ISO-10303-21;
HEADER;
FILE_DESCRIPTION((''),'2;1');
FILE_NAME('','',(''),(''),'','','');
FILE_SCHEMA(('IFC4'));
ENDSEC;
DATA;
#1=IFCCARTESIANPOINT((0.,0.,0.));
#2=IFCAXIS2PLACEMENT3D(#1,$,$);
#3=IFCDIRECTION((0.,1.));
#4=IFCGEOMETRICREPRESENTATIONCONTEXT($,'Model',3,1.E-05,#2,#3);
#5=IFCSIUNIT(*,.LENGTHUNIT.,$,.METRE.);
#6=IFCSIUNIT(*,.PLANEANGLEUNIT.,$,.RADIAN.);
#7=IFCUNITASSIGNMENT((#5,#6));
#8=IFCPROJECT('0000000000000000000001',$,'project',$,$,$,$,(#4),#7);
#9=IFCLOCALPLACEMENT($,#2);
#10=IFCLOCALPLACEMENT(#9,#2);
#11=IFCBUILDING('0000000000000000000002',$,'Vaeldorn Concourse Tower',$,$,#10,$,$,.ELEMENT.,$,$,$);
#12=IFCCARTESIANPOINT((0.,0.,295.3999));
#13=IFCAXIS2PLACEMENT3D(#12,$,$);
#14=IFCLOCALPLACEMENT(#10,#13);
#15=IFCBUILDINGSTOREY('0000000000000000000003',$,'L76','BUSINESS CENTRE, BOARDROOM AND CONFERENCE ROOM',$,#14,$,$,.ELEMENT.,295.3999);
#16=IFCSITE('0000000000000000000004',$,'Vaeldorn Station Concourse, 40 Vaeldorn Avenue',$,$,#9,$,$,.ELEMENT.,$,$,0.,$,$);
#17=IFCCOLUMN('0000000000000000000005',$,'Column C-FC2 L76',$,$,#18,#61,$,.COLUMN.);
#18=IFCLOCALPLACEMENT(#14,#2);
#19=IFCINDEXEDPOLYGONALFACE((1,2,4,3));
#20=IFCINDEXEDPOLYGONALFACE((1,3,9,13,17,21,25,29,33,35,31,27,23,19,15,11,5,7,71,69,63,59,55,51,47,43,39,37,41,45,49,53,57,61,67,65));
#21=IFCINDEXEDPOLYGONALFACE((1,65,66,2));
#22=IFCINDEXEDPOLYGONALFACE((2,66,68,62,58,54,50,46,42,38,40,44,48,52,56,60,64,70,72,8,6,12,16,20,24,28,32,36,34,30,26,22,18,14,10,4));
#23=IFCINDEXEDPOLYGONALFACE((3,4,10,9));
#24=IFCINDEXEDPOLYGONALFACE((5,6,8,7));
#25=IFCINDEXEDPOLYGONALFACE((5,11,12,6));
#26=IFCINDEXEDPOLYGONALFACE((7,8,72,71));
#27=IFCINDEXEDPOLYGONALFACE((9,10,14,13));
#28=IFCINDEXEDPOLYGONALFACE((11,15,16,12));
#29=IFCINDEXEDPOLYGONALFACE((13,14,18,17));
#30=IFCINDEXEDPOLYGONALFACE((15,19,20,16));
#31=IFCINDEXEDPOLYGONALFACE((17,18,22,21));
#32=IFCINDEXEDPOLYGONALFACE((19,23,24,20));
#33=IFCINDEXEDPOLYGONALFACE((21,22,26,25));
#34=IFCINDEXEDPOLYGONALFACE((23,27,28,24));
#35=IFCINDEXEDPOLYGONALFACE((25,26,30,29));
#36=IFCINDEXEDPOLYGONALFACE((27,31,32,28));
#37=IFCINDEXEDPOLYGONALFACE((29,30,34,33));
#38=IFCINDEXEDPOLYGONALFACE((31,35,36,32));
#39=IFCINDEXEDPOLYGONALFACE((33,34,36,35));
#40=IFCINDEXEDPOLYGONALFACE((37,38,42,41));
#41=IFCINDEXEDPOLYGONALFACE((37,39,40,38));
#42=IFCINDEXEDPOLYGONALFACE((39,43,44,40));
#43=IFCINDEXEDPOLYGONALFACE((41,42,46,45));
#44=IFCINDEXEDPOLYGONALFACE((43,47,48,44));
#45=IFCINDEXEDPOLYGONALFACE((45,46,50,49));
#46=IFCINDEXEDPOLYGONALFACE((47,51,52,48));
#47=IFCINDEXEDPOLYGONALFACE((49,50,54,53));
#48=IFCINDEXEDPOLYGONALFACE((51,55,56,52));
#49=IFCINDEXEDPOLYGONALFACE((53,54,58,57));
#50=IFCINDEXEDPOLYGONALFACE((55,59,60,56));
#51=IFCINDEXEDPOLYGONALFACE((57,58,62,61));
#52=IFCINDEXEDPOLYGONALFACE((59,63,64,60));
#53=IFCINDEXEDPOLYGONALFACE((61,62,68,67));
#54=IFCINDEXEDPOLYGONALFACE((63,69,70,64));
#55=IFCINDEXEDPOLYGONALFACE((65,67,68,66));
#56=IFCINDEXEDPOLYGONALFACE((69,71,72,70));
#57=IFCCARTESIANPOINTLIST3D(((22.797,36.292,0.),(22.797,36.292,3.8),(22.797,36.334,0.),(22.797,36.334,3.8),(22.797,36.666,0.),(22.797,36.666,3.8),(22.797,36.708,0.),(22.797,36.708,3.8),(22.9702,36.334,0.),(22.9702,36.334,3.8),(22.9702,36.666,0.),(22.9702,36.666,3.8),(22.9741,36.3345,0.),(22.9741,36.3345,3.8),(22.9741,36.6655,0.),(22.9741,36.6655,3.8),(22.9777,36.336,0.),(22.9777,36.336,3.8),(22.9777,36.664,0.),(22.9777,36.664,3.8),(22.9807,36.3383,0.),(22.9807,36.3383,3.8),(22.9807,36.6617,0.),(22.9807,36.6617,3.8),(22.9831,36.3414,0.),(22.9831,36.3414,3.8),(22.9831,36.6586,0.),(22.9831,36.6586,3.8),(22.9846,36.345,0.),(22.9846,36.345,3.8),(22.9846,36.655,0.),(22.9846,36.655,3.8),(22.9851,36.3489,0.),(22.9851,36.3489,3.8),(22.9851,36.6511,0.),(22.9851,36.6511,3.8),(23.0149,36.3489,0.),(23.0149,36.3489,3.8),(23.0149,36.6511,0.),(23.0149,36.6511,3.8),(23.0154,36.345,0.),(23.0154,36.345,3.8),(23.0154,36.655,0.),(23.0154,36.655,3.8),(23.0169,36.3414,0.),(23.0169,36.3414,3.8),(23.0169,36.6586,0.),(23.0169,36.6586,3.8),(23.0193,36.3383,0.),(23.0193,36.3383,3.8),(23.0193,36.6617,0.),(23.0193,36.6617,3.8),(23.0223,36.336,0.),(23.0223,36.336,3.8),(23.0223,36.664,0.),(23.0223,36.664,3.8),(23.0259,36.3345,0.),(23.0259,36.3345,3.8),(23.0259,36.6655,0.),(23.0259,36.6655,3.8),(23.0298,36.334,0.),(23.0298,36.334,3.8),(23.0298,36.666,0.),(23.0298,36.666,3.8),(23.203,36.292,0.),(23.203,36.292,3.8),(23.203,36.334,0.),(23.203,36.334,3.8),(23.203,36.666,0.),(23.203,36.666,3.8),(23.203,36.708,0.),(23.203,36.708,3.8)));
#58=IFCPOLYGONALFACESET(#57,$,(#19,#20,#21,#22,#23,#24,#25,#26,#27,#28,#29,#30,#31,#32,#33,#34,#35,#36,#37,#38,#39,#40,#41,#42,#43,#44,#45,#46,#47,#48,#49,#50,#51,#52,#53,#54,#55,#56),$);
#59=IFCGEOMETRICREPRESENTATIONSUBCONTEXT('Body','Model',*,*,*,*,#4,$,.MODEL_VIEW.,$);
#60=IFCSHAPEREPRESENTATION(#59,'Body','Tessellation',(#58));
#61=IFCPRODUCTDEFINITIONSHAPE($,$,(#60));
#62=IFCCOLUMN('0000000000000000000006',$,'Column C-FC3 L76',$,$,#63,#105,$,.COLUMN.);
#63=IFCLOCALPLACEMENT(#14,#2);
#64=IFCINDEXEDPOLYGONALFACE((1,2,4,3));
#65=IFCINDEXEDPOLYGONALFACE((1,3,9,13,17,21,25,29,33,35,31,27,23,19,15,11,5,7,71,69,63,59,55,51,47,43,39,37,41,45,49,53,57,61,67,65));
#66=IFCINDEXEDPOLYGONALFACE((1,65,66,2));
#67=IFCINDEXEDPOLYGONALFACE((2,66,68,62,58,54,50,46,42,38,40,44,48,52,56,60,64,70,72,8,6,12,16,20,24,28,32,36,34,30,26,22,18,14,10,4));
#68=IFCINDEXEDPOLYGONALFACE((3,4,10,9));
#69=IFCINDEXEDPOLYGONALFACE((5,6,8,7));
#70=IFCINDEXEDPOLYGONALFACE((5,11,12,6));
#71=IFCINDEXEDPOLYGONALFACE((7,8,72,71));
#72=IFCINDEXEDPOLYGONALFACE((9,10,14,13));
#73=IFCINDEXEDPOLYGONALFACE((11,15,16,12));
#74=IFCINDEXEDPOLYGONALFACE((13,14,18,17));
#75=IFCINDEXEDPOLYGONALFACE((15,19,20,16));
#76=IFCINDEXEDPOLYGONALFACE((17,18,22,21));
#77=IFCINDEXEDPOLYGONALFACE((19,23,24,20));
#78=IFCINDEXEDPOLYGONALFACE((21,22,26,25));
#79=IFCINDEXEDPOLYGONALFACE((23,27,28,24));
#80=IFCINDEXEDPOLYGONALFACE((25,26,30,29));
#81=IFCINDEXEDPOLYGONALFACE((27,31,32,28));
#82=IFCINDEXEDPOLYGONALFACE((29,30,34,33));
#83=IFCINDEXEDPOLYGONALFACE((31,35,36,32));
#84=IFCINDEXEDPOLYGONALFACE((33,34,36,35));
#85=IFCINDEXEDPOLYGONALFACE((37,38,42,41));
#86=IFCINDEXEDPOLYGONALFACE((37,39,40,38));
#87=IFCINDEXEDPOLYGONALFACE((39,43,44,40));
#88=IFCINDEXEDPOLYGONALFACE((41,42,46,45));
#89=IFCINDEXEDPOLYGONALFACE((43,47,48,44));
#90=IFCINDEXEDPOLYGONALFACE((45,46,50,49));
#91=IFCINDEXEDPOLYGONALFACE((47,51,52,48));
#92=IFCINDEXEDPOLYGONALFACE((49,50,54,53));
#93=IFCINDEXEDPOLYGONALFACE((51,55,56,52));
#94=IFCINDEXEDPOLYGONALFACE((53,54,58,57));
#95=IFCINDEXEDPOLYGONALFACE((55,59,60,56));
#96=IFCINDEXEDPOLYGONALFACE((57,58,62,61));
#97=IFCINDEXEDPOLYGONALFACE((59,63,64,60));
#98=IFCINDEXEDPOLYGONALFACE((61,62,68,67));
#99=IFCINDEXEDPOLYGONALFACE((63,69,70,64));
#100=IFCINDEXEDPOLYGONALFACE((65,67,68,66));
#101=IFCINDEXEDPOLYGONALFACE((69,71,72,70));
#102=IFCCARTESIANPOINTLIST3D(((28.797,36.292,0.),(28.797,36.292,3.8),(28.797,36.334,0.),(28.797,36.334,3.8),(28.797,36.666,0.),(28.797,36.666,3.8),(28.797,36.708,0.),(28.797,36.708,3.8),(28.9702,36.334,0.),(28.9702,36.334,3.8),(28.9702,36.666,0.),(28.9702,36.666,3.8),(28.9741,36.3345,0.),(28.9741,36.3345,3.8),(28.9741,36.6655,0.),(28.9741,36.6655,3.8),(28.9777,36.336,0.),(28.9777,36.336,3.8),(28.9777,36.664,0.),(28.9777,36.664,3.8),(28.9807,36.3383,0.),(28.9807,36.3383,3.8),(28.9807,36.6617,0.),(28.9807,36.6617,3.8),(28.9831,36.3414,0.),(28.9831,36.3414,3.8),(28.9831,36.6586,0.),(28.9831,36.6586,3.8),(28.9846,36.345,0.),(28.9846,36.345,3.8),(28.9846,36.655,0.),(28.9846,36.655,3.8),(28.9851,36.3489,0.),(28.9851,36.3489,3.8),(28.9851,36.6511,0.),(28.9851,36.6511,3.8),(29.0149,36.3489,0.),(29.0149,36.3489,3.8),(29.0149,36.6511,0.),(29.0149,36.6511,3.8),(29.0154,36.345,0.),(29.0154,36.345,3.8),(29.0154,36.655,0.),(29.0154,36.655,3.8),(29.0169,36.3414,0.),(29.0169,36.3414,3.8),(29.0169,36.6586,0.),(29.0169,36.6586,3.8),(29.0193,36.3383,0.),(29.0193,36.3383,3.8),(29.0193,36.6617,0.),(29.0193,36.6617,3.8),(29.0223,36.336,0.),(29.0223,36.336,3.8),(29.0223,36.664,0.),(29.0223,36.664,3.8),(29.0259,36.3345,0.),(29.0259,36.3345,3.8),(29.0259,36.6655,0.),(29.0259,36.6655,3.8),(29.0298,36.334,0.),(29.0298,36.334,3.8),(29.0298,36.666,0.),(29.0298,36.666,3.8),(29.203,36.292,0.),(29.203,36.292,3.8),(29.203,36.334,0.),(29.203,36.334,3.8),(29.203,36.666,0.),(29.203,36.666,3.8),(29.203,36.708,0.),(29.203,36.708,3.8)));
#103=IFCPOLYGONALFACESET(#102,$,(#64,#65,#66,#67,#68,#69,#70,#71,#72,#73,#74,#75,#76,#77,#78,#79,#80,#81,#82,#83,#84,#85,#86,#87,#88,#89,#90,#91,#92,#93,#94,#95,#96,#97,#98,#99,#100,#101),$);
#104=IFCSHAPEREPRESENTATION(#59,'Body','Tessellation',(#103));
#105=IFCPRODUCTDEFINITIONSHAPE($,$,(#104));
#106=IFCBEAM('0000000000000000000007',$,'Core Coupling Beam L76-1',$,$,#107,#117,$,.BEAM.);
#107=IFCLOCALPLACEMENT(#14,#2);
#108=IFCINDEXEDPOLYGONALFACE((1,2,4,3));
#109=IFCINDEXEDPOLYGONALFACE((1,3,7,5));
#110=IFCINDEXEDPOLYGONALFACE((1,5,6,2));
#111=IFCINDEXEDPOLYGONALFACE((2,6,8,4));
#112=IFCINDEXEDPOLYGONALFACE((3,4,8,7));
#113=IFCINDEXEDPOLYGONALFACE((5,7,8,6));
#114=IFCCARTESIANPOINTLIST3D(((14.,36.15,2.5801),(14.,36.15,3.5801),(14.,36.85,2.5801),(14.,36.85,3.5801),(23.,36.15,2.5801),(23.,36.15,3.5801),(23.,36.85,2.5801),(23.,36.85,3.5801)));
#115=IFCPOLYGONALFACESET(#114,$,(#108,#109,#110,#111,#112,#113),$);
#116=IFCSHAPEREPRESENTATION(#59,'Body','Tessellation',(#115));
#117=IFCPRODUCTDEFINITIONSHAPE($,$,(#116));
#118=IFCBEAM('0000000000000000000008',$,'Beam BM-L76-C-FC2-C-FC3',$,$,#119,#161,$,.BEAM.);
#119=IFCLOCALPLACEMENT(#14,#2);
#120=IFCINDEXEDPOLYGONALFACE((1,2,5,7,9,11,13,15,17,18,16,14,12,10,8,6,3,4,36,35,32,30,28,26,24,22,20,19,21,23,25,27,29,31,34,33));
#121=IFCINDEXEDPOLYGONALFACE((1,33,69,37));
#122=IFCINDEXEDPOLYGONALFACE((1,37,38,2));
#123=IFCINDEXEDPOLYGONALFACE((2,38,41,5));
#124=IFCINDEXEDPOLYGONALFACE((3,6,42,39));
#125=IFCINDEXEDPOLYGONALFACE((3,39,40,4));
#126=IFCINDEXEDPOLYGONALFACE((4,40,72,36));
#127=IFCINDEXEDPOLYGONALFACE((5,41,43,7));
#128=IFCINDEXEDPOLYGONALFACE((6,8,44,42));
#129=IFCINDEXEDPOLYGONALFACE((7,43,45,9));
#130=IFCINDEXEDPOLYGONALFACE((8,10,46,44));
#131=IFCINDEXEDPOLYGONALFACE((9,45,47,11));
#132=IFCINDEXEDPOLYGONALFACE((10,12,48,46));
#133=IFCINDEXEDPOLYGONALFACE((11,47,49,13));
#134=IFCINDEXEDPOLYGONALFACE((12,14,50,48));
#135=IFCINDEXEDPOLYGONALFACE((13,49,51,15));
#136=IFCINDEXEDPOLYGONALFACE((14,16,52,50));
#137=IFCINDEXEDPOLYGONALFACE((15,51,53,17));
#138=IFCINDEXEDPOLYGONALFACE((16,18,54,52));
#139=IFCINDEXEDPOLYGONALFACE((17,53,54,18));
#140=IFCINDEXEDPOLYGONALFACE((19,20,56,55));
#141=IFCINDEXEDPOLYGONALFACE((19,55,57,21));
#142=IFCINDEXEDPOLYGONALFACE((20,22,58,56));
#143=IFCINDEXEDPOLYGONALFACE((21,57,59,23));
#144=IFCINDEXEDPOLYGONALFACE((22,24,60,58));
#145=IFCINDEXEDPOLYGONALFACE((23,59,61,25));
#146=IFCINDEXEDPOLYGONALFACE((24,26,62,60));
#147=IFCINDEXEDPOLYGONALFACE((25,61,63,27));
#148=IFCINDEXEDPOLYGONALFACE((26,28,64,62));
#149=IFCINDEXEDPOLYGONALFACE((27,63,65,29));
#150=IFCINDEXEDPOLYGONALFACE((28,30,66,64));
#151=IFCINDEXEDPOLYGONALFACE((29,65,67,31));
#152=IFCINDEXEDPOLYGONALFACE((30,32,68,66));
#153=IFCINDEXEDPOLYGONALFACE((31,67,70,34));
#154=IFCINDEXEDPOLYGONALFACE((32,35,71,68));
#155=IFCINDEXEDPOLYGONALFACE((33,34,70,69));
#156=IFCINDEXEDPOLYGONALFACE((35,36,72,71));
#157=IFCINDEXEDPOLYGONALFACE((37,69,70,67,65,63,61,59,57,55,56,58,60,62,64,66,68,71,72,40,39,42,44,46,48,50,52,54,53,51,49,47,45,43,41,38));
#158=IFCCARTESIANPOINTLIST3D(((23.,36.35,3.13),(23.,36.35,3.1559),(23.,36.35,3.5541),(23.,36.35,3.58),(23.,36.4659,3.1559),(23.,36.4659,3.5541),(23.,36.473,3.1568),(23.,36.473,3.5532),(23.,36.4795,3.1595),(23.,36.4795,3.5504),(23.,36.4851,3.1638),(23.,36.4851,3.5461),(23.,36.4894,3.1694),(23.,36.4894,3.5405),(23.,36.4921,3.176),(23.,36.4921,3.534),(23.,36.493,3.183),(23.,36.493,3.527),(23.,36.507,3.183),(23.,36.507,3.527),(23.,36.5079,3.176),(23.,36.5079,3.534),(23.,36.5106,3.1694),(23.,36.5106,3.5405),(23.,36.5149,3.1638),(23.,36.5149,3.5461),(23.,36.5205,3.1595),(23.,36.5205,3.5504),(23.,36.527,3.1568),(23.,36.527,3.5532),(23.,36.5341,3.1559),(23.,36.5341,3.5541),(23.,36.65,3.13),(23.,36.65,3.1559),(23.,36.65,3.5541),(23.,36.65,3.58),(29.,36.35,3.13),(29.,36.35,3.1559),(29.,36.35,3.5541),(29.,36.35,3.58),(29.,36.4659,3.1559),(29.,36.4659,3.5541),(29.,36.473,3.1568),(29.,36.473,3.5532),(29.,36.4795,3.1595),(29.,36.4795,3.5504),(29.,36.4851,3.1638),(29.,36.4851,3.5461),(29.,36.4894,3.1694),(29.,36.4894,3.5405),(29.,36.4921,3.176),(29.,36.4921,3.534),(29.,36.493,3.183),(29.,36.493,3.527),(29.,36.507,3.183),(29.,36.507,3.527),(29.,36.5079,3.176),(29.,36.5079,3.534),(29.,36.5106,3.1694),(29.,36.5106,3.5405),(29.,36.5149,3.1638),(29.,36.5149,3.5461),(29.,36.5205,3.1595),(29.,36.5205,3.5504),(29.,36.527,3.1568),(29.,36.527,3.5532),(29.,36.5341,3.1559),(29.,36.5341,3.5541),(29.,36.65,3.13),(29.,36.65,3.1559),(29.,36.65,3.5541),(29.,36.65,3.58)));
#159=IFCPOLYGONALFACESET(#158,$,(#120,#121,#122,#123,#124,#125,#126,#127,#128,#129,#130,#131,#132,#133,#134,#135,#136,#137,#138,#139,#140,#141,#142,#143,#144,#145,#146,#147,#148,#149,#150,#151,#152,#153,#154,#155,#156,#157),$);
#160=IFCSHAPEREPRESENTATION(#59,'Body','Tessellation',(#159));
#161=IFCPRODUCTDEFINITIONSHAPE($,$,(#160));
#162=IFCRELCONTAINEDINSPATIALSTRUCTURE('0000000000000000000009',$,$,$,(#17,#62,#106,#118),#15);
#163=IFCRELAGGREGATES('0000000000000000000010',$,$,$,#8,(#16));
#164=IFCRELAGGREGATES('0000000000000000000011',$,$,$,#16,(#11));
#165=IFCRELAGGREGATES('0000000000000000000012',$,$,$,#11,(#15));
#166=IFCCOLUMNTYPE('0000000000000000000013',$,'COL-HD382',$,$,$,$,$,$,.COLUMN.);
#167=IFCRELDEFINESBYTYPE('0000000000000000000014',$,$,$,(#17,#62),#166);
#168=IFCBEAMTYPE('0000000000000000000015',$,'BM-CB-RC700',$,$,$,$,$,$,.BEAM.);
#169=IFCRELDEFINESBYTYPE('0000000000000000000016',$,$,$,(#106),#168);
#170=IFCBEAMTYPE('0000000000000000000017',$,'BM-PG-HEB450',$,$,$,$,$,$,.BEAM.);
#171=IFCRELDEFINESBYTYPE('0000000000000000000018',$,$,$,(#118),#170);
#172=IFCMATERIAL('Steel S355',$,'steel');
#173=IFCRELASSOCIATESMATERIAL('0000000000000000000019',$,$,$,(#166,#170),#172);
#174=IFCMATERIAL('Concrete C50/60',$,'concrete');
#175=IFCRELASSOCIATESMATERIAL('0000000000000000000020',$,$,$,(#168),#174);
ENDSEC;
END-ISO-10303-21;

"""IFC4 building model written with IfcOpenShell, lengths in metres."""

from ifc_helpers import new_model, si_unit, direction, frame, origin, origin_2d, place, context, subcontext, project, spatial, rectangle, i_section, extrude, source, transform, mapped, material, material_profile, profile_set, type_object, element, save


model = new_model("IFC4")

# Units and contexts
model_context = context("Model", 3, precision=1e-05, world=origin(), true_north=direction((0.0, 1.0)))
body_context = subcontext(model_context, "Body", "Model", "MODEL_VIEW")
ifc_project = project(units=[si_unit("LENGTHUNIT", "METRE"), si_unit("PLANEANGLEUNIT", "RADIAN")], contexts=[model_context])

# Site, building, storey
site_placement = place(None, origin())
site = spatial("IfcSite", under=ifc_project, at=site_placement, Name="Vaeldorn Station Concourse, 40 Vaeldorn Avenue", CompositionType="ELEMENT", RefElevation=0.0)
building_placement = place(site_placement, origin())
building = spatial("IfcBuilding", under=site, at=building_placement, Name="Vaeldorn Concourse Tower", CompositionType="ELEMENT")
storey_placement = place(building_placement, frame((0.0, 0.0, 295.3999)))
storey = spatial("IfcBuildingStorey", under=building, at=storey_placement, Name="L76", Description="BUSINESS CENTRE, BOARDROOM AND CONFERENCE ROOM", CompositionType="ELEMENT", Elevation=295.3999)

# Columns
ifc_material_1 = material(Name="Steel S355", Category="steel")
ifc_material_profile_1 = material_profile(ifc_material_1, i_section(OverallWidth=0.406, OverallDepth=0.416, WebThickness=0.0298, FlangeThickness=0.042, FilletRadius=0.0149, at=origin_2d()), Name="HD 400x382")
ifc_profile_set_1 = profile_set([ifc_material_profile_1], Name="Steel S355")
column_type = type_object("IfcColumnType", Name="COL-HD382", PredefinedType="COLUMN", material=ifc_profile_set_1)
shared_shape_1 = source(origin(), body_context, "Body", "SweptSolid", [
    extrude(i_section(OverallWidth=0.406, OverallDepth=0.416, WebThickness=0.0298, FlangeThickness=0.042, FilletRadius=0.0149, at=origin_2d()), origin(), (0.0, 0.0, 1.0), 3.8),
])
for number, where, z_axis, x_axis, name in (
    (1, (23.0, 36.5, 0.0), (0.0, 0.0, 1.0), (1.0, 0.0, 0.0), "Column C-FC2 L76"),
    (2, (29.0, 36.5, 0.0), (0.0, 0.0, 1.0), (1.0, 0.0, 0.0), "Column C-FC3 L76"),
):
    element("IfcColumn", number, at=place(storey_placement, frame(where, z_axis=z_axis, x_axis=x_axis)), inside=storey, type_object=column_type, Name=name, PredefinedType="COLUMN", context=body_context, shape_type="MappedRepresentation", body=[
        mapped(shared_shape_1, transform((0.0, 0.0, 0.0), scale=1.0)),
    ])

# Beams
ifc_material_2 = material(Name="Concrete C50/60", Category="concrete")
ifc_material_profile_2 = material_profile(ifc_material_2, rectangle(XDim=0.7, YDim=1.0, at=origin_2d()), Name="RC 700x1000")
ifc_profile_set_2 = profile_set([ifc_material_profile_2], Name="Concrete C50/60")
beam_type_1 = type_object("IfcBeamType", Name="BM-CB-RC700", PredefinedType="BEAM", material=ifc_profile_set_2)
shared_shape_2 = source(origin(), body_context, "Body", "SweptSolid", [
    extrude(rectangle(XDim=0.7, YDim=1.0, at=origin_2d()), origin(), (0.0, 0.0, 1.0), 9.0),
])
beam_1_placement = place(storey_placement, frame((14.0, 36.5, 3.0801), z_axis=(1.0, 0.0, 0.0), x_axis=(0.0, 1.0, 0.0)))
element("IfcBeam", 3, at=beam_1_placement, inside=storey, type_object=beam_type_1, Name="Core Coupling Beam L76-1", PredefinedType="BEAM", context=body_context, shape_type="MappedRepresentation", body=[
    mapped(shared_shape_2, transform((0.0, 0.0, 0.0), scale=1.0)),
])
ifc_material_profile_3 = material_profile(ifc_material_1, i_section(OverallWidth=0.3, OverallDepth=0.45, WebThickness=0.0139, FlangeThickness=0.0259, FilletRadius=0.0271, at=origin_2d()), Name="HEB 450")
ifc_profile_set_3 = profile_set([ifc_material_profile_3], Name="Steel S355")
beam_type_2 = type_object("IfcBeamType", Name="BM-PG-HEB450", PredefinedType="BEAM", material=ifc_profile_set_3)
shared_shape_3 = source(origin(), body_context, "Body", "SweptSolid", [
    extrude(i_section(OverallWidth=0.3, OverallDepth=0.45, WebThickness=0.0139, FlangeThickness=0.0259, FilletRadius=0.0271, at=origin_2d()), origin(), (0.0, 0.0, 1.0), 6.0),
])
beam_2_placement = place(storey_placement, frame((23.0, 36.5, 3.355), z_axis=(1.0, 0.0, 0.0), x_axis=(0.0, 1.0, 0.0)))
element("IfcBeam", 4, at=beam_2_placement, inside=storey, type_object=beam_type_2, Name="Beam BM-L76-C-FC2-C-FC3", PredefinedType="BEAM", context=body_context, shape_type="MappedRepresentation", body=[
    mapped(shared_shape_3, transform((0.0, 0.0, 0.0), scale=1.0)),
])

save(model, "model.ifc")
